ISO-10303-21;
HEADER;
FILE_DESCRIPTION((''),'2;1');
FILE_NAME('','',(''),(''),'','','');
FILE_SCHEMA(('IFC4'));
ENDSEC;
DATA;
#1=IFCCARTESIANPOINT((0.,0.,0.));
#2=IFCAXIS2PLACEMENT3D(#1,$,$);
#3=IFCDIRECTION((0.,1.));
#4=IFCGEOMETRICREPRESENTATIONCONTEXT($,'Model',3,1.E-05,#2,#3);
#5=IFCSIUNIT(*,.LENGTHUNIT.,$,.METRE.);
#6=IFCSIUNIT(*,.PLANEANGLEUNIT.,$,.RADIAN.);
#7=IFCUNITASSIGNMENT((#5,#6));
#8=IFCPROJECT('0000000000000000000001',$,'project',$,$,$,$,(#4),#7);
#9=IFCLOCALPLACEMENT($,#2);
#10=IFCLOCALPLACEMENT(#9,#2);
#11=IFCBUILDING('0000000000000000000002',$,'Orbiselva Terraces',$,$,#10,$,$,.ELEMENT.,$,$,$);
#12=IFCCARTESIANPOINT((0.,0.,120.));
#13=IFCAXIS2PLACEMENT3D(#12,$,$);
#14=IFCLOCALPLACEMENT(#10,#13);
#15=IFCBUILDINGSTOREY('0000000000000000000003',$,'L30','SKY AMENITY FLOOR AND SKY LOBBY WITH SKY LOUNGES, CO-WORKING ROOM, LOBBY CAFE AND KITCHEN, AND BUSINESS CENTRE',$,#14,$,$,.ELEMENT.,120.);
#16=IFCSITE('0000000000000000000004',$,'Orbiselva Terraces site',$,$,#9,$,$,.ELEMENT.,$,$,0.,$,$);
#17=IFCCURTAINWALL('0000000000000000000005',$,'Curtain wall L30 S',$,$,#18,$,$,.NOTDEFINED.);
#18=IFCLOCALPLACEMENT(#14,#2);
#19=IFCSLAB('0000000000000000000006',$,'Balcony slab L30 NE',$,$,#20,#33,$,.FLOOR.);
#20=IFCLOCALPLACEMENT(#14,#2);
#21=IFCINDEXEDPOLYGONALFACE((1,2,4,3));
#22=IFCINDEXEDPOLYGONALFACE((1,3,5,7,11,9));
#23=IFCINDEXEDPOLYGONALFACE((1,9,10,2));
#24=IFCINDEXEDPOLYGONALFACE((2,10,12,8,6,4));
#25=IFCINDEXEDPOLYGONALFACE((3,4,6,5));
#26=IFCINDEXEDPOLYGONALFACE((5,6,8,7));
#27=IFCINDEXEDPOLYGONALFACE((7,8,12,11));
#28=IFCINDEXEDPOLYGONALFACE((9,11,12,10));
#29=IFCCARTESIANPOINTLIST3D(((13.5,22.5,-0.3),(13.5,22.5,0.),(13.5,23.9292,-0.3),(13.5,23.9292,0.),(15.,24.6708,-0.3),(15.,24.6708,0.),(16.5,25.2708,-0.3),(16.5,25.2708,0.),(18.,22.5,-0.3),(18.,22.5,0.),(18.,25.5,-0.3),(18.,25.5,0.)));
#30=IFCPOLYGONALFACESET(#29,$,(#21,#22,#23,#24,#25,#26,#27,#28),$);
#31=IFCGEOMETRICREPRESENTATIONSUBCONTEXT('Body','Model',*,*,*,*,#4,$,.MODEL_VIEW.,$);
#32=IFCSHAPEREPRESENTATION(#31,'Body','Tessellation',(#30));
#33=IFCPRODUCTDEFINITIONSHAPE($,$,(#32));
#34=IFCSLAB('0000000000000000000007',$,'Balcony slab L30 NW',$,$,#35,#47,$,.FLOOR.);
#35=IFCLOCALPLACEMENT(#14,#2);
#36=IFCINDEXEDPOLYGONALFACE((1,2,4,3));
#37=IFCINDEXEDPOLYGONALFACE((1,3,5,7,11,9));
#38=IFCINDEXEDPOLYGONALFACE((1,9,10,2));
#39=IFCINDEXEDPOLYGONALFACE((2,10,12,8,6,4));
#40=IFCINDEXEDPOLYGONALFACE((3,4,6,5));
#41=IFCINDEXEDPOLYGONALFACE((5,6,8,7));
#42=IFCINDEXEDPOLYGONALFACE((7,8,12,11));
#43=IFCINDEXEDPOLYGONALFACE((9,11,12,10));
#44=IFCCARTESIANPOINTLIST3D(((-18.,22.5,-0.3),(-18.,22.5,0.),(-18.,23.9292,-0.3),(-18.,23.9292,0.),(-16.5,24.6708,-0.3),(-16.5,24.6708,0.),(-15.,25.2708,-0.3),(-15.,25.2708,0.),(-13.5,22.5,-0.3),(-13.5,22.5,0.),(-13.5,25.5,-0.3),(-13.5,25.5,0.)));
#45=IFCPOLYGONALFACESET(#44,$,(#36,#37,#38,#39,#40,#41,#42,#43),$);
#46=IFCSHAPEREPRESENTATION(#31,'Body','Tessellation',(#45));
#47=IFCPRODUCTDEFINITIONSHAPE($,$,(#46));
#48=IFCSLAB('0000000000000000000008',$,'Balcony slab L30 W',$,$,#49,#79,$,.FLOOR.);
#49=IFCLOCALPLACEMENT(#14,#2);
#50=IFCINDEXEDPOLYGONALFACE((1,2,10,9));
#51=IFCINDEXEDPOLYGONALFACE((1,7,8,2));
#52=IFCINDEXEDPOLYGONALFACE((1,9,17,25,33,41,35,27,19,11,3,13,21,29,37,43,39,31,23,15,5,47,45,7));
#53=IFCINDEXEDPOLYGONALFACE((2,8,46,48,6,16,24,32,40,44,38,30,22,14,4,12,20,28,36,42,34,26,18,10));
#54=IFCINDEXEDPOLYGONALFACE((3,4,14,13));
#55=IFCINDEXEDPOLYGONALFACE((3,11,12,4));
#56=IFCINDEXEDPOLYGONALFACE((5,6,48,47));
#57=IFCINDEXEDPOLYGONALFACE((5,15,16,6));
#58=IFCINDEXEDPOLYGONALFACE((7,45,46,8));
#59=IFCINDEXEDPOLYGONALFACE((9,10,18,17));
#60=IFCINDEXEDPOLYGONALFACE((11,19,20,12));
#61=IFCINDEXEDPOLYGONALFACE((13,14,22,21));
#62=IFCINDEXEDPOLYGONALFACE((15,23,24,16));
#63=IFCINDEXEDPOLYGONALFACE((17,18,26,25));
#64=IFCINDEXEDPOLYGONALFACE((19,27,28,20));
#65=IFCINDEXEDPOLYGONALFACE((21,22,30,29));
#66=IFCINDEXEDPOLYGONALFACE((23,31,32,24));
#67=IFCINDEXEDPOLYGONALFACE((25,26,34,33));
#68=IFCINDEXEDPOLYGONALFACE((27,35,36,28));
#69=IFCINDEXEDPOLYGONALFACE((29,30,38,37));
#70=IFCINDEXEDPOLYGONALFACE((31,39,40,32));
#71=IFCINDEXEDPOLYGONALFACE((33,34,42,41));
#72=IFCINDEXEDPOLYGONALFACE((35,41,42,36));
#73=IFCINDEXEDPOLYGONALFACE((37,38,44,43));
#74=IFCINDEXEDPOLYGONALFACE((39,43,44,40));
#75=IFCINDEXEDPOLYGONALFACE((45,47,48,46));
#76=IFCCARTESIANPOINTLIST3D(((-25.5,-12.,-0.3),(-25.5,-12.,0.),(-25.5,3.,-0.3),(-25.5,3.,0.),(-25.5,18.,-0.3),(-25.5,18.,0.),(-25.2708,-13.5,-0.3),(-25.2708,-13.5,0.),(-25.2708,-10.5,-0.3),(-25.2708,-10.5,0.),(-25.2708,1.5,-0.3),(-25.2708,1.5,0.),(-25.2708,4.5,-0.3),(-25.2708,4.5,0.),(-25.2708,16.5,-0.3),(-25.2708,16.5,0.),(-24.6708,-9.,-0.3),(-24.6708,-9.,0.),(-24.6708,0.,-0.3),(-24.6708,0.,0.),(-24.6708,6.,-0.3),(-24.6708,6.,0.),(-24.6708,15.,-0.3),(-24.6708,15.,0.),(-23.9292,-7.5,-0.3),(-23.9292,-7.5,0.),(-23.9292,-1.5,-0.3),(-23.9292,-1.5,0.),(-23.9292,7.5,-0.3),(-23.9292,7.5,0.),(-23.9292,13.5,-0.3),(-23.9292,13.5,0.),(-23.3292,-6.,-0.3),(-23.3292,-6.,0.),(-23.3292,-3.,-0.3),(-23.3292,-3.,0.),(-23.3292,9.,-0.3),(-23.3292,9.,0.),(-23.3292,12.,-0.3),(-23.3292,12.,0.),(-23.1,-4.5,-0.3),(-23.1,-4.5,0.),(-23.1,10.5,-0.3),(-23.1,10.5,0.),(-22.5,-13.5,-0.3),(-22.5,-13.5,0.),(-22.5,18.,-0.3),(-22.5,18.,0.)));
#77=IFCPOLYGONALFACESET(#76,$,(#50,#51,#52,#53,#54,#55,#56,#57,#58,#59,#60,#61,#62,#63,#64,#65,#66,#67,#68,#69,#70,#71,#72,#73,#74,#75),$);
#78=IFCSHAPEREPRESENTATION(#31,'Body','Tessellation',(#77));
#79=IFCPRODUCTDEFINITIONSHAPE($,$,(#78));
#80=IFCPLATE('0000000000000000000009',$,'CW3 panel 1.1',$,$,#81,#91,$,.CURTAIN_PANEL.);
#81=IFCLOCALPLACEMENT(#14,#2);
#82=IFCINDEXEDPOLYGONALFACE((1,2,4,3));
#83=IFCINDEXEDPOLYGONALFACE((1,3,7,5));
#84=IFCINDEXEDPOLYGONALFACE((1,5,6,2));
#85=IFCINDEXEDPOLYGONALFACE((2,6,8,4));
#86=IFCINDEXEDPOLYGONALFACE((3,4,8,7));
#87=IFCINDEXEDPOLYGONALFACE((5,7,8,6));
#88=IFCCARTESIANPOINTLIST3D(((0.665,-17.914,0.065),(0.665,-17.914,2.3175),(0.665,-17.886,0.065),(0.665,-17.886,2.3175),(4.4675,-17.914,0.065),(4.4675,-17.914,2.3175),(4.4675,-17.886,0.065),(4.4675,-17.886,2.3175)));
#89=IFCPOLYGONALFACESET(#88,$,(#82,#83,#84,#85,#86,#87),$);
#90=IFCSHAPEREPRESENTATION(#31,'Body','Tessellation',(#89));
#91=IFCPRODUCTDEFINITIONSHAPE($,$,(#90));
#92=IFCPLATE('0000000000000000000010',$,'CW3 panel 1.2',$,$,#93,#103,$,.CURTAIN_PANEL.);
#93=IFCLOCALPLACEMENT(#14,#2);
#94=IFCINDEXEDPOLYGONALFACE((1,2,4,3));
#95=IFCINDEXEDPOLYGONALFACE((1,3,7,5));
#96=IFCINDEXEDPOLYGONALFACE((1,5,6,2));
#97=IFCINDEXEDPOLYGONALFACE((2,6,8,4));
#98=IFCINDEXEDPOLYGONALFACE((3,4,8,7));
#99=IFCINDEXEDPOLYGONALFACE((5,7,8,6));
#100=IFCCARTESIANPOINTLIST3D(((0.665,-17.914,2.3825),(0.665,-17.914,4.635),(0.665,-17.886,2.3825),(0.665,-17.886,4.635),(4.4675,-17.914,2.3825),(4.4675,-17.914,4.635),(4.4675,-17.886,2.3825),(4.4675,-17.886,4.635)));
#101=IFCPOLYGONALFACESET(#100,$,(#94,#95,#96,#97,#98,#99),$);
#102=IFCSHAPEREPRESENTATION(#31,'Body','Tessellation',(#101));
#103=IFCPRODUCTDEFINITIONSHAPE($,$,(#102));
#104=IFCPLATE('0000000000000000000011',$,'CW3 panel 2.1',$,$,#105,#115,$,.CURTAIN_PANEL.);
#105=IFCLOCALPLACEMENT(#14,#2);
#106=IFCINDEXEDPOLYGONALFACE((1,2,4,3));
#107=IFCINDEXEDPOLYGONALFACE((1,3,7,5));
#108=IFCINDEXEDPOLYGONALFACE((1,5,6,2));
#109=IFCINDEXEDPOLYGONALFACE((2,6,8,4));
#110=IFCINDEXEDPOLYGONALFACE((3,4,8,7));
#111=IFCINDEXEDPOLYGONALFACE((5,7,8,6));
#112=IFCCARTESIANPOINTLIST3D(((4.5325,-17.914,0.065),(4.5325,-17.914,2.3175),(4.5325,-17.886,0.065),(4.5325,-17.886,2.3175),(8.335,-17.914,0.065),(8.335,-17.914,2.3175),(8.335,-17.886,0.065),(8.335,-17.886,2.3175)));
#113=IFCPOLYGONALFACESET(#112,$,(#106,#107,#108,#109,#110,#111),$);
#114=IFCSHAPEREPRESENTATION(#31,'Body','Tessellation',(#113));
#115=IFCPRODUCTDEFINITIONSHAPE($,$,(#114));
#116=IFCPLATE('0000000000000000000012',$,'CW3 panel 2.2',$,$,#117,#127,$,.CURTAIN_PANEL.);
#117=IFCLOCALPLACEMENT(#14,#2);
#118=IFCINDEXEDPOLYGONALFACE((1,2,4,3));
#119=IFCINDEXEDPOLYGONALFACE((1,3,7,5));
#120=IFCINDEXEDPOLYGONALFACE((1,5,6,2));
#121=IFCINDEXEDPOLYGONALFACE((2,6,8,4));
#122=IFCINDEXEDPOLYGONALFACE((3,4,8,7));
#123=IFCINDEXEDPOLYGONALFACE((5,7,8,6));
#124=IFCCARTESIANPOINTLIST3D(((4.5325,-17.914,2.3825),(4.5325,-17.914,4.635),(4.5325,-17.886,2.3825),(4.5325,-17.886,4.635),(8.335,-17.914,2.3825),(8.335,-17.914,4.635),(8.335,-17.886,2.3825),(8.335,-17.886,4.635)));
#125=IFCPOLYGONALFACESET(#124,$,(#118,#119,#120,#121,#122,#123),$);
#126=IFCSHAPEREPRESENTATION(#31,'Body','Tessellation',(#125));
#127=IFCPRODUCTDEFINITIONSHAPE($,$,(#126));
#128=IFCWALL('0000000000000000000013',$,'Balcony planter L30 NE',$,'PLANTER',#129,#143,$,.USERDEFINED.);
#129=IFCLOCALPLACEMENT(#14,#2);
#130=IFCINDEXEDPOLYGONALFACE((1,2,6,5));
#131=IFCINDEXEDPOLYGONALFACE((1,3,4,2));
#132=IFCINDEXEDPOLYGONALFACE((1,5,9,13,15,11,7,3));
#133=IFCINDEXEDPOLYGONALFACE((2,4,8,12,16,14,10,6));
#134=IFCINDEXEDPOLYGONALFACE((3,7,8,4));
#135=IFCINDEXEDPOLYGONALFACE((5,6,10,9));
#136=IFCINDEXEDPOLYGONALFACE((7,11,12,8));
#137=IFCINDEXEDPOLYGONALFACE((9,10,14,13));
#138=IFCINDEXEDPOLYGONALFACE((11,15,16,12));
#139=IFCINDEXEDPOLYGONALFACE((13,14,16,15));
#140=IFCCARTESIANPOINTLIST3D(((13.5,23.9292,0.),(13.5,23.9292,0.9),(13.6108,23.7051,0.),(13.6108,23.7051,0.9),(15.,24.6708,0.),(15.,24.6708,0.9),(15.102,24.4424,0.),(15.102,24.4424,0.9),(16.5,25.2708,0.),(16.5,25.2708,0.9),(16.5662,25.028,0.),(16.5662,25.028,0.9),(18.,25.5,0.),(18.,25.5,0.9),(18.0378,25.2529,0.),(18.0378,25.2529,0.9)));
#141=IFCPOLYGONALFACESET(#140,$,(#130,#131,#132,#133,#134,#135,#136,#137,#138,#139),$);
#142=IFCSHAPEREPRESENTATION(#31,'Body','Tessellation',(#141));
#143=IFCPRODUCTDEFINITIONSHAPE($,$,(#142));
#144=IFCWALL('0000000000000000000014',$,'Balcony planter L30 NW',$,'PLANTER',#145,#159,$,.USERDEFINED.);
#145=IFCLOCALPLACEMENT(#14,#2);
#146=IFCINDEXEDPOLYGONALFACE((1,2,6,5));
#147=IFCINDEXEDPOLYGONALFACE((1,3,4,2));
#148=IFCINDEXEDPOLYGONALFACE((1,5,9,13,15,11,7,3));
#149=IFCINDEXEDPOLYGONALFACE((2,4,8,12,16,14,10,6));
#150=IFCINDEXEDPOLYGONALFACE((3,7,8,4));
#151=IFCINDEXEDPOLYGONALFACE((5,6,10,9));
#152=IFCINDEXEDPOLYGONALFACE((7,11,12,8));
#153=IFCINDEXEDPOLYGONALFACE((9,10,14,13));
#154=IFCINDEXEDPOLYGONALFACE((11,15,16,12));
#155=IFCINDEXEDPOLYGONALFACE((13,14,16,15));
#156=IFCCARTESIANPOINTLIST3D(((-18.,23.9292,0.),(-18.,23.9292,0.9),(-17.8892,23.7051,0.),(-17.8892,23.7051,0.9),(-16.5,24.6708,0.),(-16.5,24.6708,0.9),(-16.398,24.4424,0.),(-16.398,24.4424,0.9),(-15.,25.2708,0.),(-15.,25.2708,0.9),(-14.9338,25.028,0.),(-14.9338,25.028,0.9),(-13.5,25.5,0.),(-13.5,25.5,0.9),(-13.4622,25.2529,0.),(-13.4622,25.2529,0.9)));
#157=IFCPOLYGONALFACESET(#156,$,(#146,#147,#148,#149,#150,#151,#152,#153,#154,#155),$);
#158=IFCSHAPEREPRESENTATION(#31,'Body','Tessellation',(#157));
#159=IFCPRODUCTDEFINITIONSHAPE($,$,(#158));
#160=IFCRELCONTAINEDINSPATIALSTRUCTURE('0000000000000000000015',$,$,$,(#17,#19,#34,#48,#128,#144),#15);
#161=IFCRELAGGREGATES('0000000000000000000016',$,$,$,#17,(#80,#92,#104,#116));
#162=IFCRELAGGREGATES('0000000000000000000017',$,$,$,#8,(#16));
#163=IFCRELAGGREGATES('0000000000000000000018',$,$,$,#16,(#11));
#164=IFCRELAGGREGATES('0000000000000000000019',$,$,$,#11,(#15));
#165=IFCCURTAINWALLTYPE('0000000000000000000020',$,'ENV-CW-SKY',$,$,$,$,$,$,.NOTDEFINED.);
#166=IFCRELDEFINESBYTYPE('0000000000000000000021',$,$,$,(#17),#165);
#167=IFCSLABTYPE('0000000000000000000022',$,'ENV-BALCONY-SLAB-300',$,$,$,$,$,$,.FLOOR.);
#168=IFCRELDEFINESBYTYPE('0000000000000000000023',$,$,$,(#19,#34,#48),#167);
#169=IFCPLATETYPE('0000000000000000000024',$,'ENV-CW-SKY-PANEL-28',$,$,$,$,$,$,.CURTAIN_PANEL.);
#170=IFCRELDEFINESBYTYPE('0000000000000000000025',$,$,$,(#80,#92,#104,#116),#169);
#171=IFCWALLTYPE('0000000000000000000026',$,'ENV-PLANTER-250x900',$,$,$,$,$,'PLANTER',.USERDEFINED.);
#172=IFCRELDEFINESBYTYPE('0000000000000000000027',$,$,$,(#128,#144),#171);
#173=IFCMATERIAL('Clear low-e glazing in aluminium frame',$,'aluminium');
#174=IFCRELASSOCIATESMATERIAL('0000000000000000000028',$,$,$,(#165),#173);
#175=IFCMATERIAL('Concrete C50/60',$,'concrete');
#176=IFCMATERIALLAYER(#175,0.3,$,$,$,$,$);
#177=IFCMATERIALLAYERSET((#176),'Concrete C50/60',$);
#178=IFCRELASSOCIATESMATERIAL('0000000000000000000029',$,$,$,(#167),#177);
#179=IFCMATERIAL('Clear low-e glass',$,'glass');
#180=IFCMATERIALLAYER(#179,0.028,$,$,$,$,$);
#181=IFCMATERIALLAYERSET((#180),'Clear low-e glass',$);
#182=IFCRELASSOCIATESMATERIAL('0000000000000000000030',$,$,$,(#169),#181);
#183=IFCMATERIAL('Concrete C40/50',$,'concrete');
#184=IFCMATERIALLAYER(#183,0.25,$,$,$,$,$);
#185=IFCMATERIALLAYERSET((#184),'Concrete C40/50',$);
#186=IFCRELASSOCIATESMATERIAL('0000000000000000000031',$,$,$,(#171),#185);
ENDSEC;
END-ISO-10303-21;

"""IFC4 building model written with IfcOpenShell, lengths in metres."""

from ifc_helpers import new_model, si_unit, direction, frame, origin, origin_2d, place, context, subcontext, project, spatial, polyline, rectangle, outline, extrude, material, layer, layer_set, type_object, element, aggregate, save


model = new_model("IFC4")

# Units and contexts
model_context = context("Model", 3, precision=1e-05, world=origin(), true_north=direction((0.0, 1.0)))
body_context = subcontext(model_context, "Body", "Model", "MODEL_VIEW")
ifc_project = project(units=[si_unit("LENGTHUNIT", "METRE"), si_unit("PLANEANGLEUNIT", "RADIAN")], contexts=[model_context])

# Site, building, storey
site_placement = place(None, origin())
site = spatial("IfcSite", under=ifc_project, at=site_placement, Name="Orbiselva Terraces site", CompositionType="ELEMENT", RefElevation=0.0)
building_placement = place(site_placement, origin())
building = spatial("IfcBuilding", under=site, at=building_placement, Name="Orbiselva Terraces", CompositionType="ELEMENT")
storey_placement = place(building_placement, frame((0.0, 0.0, 120.0)))
storey = spatial("IfcBuildingStorey", under=building, at=storey_placement, Name="L30", Description="SKY AMENITY FLOOR AND SKY LOBBY WITH SKY LOUNGES, CO-WORKING ROOM, LOBBY CAFE AND KITCHEN, AND BUSINESS CENTRE", CompositionType="ELEMENT", Elevation=120.0)

# Curtain wall
ifc_material_1 = material(Name="Clear low-e glazing in aluminium frame", Category="aluminium")
curtain_wall_type = type_object("IfcCurtainWallType", Name="ENV-CW-SKY", PredefinedType="NOTDEFINED", material=ifc_material_1)
curtain_wall_placement = place(storey_placement, origin())
curtain_wall = element("IfcCurtainWall", 1, at=curtain_wall_placement, inside=storey, type_object=curtain_wall_type, Name="Curtain wall L30 S", PredefinedType="NOTDEFINED")

# Shared definitions
ifc_material_2 = material(Name="Concrete C40/50", Category="concrete")

# Slabs
ifc_material_3 = material(Name="Concrete C50/60", Category="concrete")
ifc_layer_1 = layer(ifc_material_3, 0.3)
ifc_layer_set_1 = layer_set([ifc_layer_1], Name="Concrete C50/60")
slab_type_1 = type_object("IfcSlabType", Name="ENV-BALCONY-SLAB-300", PredefinedType="FLOOR", material=ifc_layer_set_1)
slab_1_placement = place(storey_placement, frame((0.0, 0.0, -0.3)))
element("IfcSlab", 2, at=slab_1_placement, inside=storey, type_object=slab_type_1, Name="Balcony slab L30 NE", PredefinedType="FLOOR", context=body_context, shape_type="SweptSolid", body=[
    extrude(outline(polyline([(18.0, 25.5), (16.5, 25.2708), (15.0, 24.6708), (13.5, 23.9292), (13.5, 22.5), (18.0, 22.5), (18.0, 25.5)])), origin(), (0.0, 0.0, 1.0), 0.3),
])
slab_2_placement = place(storey_placement, frame((0.0, 0.0, -0.3)))
element("IfcSlab", 3, at=slab_2_placement, inside=storey, type_object=slab_type_1, Name="Balcony slab L30 NW", PredefinedType="FLOOR", context=body_context, shape_type="SweptSolid", body=[
    extrude(outline(polyline([(-13.5, 25.5), (-15.0, 25.2708), (-16.5, 24.6708), (-18.0, 23.9292), (-18.0, 22.5), (-13.5, 22.5), (-13.5, 25.5)])), origin(), (0.0, 0.0, 1.0), 0.3),
])
slab_3_placement = place(storey_placement, frame((0.0, 0.0, -0.3)))
element("IfcSlab", 4, at=slab_3_placement, inside=storey, type_object=slab_type_1, Name="Balcony slab L30 W", PredefinedType="FLOOR", context=body_context, shape_type="SweptSolid", body=[
    extrude(outline(polyline([(-25.5, 18.0), (-25.2708, 16.5), (-24.6708, 15.0), (-23.9292, 13.5), (-23.3292, 12.0), (-23.1, 10.5), (-23.3292, 9.0), (-23.9292, 7.5), (-24.6708, 6.0), (-25.2708, 4.5), (-25.5, 3.0), (-25.2708, 1.5), (-24.6708, 0.0), (-23.9292, -1.5), (-23.3292, -3.0), (-23.1, -4.5), (-23.3292, -6.0), (-23.9292, -7.5), (-24.6708, -9.0), (-25.2708, -10.5), (-25.5, -12.0), (-25.2708, -13.5), (-22.5, -13.5), (-22.5, 18.0), (-25.5, 18.0)])), origin(), (0.0, 0.0, 1.0), 0.3),
])

# Plates
ifc_material_4 = material(Name="Clear low-e glass", Category="glass")
ifc_layer_2 = layer(ifc_material_4, 0.028)
ifc_layer_set_2 = layer_set([ifc_layer_2], Name="Clear low-e glass")
plate_type = type_object("IfcPlateType", Name="ENV-CW-SKY-PANEL-28", PredefinedType="CURTAIN_PANEL", material=ifc_layer_set_2)
plate_1_placement = place(storey_placement, frame((2.5663, -17.9, 0.065), z_axis=(0.0, 0.0, 1.0), x_axis=(1.0, 0.0, 0.0)))
plate_1 = element("IfcPlate", 5, at=plate_1_placement, type_object=plate_type, Name="CW3 panel 1.1", PredefinedType="CURTAIN_PANEL", context=body_context, shape_type="SweptSolid", body=[
    extrude(rectangle(XDim=3.8025, YDim=0.028, at=origin_2d()), origin(), (0.0, 0.0, 1.0), 2.2525),
])
plate_2_placement = place(storey_placement, frame((2.5663, -17.9, 2.3825), z_axis=(0.0, 0.0, 1.0), x_axis=(1.0, 0.0, 0.0)))
plate_2 = element("IfcPlate", 6, at=plate_2_placement, type_object=plate_type, Name="CW3 panel 1.2", PredefinedType="CURTAIN_PANEL", context=body_context, shape_type="SweptSolid", body=[
    extrude(rectangle(XDim=3.8025, YDim=0.028, at=origin_2d()), origin(), (0.0, 0.0, 1.0), 2.2525),
])
plate_3_placement = place(storey_placement, frame((6.4337, -17.9, 0.065), z_axis=(0.0, 0.0, 1.0), x_axis=(1.0, 0.0, 0.0)))
plate_3 = element("IfcPlate", 7, at=plate_3_placement, type_object=plate_type, Name="CW3 panel 2.1", PredefinedType="CURTAIN_PANEL", context=body_context, shape_type="SweptSolid", body=[
    extrude(rectangle(XDim=3.8025, YDim=0.028, at=origin_2d()), origin(), (0.0, 0.0, 1.0), 2.2525),
])
plate_4_placement = place(storey_placement, frame((6.4337, -17.9, 2.3825), z_axis=(0.0, 0.0, 1.0), x_axis=(1.0, 0.0, 0.0)))
plate_4 = element("IfcPlate", 8, at=plate_4_placement, type_object=plate_type, Name="CW3 panel 2.2", PredefinedType="CURTAIN_PANEL", context=body_context, shape_type="SweptSolid", body=[
    extrude(rectangle(XDim=3.8025, YDim=0.028, at=origin_2d()), origin(), (0.0, 0.0, 1.0), 2.2525),
])
aggregate(curtain_wall, [plate_1, plate_2, plate_3, plate_4])

# Walls
ifc_layer_3 = layer(ifc_material_2, 0.25)
ifc_layer_set_3 = layer_set([ifc_layer_3], Name="Concrete C40/50")
wall_type_1 = type_object("IfcWallType", Name="ENV-PLANTER-250x900", ElementType="PLANTER", PredefinedType="USERDEFINED", material=ifc_layer_set_3)
wall_1_placement = place(storey_placement, origin())
element("IfcWall", 9, at=wall_1_placement, inside=storey, type_object=wall_type_1, Name="Balcony planter L30 NE", ObjectType="PLANTER", PredefinedType="USERDEFINED", context=body_context, shape_type="SweptSolid", body=[
    extrude(outline(polyline([(18.0, 25.5), (16.5, 25.2708), (15.0, 24.6708), (13.5, 23.9292), (13.6108, 23.7051), (15.102, 24.4424), (16.5662, 25.028), (18.0378, 25.2529), (18.0, 25.5)])), origin(), (0.0, 0.0, 1.0), 0.9),
])
wall_2_placement = place(storey_placement, origin())
element("IfcWall", 10, at=wall_2_placement, inside=storey, type_object=wall_type_1, Name="Balcony planter L30 NW", ObjectType="PLANTER", PredefinedType="USERDEFINED", context=body_context, shape_type="SweptSolid", body=[
    extrude(outline(polyline([(-13.5, 25.5), (-15.0, 25.2708), (-16.5, 24.6708), (-18.0, 23.9292), (-17.8892, 23.7051), (-16.398, 24.4424), (-14.9338, 25.028), (-13.4622, 25.2529), (-13.5, 25.5)])), origin(), (0.0, 0.0, 1.0), 0.9),
])

save(model, "model.ifc")
